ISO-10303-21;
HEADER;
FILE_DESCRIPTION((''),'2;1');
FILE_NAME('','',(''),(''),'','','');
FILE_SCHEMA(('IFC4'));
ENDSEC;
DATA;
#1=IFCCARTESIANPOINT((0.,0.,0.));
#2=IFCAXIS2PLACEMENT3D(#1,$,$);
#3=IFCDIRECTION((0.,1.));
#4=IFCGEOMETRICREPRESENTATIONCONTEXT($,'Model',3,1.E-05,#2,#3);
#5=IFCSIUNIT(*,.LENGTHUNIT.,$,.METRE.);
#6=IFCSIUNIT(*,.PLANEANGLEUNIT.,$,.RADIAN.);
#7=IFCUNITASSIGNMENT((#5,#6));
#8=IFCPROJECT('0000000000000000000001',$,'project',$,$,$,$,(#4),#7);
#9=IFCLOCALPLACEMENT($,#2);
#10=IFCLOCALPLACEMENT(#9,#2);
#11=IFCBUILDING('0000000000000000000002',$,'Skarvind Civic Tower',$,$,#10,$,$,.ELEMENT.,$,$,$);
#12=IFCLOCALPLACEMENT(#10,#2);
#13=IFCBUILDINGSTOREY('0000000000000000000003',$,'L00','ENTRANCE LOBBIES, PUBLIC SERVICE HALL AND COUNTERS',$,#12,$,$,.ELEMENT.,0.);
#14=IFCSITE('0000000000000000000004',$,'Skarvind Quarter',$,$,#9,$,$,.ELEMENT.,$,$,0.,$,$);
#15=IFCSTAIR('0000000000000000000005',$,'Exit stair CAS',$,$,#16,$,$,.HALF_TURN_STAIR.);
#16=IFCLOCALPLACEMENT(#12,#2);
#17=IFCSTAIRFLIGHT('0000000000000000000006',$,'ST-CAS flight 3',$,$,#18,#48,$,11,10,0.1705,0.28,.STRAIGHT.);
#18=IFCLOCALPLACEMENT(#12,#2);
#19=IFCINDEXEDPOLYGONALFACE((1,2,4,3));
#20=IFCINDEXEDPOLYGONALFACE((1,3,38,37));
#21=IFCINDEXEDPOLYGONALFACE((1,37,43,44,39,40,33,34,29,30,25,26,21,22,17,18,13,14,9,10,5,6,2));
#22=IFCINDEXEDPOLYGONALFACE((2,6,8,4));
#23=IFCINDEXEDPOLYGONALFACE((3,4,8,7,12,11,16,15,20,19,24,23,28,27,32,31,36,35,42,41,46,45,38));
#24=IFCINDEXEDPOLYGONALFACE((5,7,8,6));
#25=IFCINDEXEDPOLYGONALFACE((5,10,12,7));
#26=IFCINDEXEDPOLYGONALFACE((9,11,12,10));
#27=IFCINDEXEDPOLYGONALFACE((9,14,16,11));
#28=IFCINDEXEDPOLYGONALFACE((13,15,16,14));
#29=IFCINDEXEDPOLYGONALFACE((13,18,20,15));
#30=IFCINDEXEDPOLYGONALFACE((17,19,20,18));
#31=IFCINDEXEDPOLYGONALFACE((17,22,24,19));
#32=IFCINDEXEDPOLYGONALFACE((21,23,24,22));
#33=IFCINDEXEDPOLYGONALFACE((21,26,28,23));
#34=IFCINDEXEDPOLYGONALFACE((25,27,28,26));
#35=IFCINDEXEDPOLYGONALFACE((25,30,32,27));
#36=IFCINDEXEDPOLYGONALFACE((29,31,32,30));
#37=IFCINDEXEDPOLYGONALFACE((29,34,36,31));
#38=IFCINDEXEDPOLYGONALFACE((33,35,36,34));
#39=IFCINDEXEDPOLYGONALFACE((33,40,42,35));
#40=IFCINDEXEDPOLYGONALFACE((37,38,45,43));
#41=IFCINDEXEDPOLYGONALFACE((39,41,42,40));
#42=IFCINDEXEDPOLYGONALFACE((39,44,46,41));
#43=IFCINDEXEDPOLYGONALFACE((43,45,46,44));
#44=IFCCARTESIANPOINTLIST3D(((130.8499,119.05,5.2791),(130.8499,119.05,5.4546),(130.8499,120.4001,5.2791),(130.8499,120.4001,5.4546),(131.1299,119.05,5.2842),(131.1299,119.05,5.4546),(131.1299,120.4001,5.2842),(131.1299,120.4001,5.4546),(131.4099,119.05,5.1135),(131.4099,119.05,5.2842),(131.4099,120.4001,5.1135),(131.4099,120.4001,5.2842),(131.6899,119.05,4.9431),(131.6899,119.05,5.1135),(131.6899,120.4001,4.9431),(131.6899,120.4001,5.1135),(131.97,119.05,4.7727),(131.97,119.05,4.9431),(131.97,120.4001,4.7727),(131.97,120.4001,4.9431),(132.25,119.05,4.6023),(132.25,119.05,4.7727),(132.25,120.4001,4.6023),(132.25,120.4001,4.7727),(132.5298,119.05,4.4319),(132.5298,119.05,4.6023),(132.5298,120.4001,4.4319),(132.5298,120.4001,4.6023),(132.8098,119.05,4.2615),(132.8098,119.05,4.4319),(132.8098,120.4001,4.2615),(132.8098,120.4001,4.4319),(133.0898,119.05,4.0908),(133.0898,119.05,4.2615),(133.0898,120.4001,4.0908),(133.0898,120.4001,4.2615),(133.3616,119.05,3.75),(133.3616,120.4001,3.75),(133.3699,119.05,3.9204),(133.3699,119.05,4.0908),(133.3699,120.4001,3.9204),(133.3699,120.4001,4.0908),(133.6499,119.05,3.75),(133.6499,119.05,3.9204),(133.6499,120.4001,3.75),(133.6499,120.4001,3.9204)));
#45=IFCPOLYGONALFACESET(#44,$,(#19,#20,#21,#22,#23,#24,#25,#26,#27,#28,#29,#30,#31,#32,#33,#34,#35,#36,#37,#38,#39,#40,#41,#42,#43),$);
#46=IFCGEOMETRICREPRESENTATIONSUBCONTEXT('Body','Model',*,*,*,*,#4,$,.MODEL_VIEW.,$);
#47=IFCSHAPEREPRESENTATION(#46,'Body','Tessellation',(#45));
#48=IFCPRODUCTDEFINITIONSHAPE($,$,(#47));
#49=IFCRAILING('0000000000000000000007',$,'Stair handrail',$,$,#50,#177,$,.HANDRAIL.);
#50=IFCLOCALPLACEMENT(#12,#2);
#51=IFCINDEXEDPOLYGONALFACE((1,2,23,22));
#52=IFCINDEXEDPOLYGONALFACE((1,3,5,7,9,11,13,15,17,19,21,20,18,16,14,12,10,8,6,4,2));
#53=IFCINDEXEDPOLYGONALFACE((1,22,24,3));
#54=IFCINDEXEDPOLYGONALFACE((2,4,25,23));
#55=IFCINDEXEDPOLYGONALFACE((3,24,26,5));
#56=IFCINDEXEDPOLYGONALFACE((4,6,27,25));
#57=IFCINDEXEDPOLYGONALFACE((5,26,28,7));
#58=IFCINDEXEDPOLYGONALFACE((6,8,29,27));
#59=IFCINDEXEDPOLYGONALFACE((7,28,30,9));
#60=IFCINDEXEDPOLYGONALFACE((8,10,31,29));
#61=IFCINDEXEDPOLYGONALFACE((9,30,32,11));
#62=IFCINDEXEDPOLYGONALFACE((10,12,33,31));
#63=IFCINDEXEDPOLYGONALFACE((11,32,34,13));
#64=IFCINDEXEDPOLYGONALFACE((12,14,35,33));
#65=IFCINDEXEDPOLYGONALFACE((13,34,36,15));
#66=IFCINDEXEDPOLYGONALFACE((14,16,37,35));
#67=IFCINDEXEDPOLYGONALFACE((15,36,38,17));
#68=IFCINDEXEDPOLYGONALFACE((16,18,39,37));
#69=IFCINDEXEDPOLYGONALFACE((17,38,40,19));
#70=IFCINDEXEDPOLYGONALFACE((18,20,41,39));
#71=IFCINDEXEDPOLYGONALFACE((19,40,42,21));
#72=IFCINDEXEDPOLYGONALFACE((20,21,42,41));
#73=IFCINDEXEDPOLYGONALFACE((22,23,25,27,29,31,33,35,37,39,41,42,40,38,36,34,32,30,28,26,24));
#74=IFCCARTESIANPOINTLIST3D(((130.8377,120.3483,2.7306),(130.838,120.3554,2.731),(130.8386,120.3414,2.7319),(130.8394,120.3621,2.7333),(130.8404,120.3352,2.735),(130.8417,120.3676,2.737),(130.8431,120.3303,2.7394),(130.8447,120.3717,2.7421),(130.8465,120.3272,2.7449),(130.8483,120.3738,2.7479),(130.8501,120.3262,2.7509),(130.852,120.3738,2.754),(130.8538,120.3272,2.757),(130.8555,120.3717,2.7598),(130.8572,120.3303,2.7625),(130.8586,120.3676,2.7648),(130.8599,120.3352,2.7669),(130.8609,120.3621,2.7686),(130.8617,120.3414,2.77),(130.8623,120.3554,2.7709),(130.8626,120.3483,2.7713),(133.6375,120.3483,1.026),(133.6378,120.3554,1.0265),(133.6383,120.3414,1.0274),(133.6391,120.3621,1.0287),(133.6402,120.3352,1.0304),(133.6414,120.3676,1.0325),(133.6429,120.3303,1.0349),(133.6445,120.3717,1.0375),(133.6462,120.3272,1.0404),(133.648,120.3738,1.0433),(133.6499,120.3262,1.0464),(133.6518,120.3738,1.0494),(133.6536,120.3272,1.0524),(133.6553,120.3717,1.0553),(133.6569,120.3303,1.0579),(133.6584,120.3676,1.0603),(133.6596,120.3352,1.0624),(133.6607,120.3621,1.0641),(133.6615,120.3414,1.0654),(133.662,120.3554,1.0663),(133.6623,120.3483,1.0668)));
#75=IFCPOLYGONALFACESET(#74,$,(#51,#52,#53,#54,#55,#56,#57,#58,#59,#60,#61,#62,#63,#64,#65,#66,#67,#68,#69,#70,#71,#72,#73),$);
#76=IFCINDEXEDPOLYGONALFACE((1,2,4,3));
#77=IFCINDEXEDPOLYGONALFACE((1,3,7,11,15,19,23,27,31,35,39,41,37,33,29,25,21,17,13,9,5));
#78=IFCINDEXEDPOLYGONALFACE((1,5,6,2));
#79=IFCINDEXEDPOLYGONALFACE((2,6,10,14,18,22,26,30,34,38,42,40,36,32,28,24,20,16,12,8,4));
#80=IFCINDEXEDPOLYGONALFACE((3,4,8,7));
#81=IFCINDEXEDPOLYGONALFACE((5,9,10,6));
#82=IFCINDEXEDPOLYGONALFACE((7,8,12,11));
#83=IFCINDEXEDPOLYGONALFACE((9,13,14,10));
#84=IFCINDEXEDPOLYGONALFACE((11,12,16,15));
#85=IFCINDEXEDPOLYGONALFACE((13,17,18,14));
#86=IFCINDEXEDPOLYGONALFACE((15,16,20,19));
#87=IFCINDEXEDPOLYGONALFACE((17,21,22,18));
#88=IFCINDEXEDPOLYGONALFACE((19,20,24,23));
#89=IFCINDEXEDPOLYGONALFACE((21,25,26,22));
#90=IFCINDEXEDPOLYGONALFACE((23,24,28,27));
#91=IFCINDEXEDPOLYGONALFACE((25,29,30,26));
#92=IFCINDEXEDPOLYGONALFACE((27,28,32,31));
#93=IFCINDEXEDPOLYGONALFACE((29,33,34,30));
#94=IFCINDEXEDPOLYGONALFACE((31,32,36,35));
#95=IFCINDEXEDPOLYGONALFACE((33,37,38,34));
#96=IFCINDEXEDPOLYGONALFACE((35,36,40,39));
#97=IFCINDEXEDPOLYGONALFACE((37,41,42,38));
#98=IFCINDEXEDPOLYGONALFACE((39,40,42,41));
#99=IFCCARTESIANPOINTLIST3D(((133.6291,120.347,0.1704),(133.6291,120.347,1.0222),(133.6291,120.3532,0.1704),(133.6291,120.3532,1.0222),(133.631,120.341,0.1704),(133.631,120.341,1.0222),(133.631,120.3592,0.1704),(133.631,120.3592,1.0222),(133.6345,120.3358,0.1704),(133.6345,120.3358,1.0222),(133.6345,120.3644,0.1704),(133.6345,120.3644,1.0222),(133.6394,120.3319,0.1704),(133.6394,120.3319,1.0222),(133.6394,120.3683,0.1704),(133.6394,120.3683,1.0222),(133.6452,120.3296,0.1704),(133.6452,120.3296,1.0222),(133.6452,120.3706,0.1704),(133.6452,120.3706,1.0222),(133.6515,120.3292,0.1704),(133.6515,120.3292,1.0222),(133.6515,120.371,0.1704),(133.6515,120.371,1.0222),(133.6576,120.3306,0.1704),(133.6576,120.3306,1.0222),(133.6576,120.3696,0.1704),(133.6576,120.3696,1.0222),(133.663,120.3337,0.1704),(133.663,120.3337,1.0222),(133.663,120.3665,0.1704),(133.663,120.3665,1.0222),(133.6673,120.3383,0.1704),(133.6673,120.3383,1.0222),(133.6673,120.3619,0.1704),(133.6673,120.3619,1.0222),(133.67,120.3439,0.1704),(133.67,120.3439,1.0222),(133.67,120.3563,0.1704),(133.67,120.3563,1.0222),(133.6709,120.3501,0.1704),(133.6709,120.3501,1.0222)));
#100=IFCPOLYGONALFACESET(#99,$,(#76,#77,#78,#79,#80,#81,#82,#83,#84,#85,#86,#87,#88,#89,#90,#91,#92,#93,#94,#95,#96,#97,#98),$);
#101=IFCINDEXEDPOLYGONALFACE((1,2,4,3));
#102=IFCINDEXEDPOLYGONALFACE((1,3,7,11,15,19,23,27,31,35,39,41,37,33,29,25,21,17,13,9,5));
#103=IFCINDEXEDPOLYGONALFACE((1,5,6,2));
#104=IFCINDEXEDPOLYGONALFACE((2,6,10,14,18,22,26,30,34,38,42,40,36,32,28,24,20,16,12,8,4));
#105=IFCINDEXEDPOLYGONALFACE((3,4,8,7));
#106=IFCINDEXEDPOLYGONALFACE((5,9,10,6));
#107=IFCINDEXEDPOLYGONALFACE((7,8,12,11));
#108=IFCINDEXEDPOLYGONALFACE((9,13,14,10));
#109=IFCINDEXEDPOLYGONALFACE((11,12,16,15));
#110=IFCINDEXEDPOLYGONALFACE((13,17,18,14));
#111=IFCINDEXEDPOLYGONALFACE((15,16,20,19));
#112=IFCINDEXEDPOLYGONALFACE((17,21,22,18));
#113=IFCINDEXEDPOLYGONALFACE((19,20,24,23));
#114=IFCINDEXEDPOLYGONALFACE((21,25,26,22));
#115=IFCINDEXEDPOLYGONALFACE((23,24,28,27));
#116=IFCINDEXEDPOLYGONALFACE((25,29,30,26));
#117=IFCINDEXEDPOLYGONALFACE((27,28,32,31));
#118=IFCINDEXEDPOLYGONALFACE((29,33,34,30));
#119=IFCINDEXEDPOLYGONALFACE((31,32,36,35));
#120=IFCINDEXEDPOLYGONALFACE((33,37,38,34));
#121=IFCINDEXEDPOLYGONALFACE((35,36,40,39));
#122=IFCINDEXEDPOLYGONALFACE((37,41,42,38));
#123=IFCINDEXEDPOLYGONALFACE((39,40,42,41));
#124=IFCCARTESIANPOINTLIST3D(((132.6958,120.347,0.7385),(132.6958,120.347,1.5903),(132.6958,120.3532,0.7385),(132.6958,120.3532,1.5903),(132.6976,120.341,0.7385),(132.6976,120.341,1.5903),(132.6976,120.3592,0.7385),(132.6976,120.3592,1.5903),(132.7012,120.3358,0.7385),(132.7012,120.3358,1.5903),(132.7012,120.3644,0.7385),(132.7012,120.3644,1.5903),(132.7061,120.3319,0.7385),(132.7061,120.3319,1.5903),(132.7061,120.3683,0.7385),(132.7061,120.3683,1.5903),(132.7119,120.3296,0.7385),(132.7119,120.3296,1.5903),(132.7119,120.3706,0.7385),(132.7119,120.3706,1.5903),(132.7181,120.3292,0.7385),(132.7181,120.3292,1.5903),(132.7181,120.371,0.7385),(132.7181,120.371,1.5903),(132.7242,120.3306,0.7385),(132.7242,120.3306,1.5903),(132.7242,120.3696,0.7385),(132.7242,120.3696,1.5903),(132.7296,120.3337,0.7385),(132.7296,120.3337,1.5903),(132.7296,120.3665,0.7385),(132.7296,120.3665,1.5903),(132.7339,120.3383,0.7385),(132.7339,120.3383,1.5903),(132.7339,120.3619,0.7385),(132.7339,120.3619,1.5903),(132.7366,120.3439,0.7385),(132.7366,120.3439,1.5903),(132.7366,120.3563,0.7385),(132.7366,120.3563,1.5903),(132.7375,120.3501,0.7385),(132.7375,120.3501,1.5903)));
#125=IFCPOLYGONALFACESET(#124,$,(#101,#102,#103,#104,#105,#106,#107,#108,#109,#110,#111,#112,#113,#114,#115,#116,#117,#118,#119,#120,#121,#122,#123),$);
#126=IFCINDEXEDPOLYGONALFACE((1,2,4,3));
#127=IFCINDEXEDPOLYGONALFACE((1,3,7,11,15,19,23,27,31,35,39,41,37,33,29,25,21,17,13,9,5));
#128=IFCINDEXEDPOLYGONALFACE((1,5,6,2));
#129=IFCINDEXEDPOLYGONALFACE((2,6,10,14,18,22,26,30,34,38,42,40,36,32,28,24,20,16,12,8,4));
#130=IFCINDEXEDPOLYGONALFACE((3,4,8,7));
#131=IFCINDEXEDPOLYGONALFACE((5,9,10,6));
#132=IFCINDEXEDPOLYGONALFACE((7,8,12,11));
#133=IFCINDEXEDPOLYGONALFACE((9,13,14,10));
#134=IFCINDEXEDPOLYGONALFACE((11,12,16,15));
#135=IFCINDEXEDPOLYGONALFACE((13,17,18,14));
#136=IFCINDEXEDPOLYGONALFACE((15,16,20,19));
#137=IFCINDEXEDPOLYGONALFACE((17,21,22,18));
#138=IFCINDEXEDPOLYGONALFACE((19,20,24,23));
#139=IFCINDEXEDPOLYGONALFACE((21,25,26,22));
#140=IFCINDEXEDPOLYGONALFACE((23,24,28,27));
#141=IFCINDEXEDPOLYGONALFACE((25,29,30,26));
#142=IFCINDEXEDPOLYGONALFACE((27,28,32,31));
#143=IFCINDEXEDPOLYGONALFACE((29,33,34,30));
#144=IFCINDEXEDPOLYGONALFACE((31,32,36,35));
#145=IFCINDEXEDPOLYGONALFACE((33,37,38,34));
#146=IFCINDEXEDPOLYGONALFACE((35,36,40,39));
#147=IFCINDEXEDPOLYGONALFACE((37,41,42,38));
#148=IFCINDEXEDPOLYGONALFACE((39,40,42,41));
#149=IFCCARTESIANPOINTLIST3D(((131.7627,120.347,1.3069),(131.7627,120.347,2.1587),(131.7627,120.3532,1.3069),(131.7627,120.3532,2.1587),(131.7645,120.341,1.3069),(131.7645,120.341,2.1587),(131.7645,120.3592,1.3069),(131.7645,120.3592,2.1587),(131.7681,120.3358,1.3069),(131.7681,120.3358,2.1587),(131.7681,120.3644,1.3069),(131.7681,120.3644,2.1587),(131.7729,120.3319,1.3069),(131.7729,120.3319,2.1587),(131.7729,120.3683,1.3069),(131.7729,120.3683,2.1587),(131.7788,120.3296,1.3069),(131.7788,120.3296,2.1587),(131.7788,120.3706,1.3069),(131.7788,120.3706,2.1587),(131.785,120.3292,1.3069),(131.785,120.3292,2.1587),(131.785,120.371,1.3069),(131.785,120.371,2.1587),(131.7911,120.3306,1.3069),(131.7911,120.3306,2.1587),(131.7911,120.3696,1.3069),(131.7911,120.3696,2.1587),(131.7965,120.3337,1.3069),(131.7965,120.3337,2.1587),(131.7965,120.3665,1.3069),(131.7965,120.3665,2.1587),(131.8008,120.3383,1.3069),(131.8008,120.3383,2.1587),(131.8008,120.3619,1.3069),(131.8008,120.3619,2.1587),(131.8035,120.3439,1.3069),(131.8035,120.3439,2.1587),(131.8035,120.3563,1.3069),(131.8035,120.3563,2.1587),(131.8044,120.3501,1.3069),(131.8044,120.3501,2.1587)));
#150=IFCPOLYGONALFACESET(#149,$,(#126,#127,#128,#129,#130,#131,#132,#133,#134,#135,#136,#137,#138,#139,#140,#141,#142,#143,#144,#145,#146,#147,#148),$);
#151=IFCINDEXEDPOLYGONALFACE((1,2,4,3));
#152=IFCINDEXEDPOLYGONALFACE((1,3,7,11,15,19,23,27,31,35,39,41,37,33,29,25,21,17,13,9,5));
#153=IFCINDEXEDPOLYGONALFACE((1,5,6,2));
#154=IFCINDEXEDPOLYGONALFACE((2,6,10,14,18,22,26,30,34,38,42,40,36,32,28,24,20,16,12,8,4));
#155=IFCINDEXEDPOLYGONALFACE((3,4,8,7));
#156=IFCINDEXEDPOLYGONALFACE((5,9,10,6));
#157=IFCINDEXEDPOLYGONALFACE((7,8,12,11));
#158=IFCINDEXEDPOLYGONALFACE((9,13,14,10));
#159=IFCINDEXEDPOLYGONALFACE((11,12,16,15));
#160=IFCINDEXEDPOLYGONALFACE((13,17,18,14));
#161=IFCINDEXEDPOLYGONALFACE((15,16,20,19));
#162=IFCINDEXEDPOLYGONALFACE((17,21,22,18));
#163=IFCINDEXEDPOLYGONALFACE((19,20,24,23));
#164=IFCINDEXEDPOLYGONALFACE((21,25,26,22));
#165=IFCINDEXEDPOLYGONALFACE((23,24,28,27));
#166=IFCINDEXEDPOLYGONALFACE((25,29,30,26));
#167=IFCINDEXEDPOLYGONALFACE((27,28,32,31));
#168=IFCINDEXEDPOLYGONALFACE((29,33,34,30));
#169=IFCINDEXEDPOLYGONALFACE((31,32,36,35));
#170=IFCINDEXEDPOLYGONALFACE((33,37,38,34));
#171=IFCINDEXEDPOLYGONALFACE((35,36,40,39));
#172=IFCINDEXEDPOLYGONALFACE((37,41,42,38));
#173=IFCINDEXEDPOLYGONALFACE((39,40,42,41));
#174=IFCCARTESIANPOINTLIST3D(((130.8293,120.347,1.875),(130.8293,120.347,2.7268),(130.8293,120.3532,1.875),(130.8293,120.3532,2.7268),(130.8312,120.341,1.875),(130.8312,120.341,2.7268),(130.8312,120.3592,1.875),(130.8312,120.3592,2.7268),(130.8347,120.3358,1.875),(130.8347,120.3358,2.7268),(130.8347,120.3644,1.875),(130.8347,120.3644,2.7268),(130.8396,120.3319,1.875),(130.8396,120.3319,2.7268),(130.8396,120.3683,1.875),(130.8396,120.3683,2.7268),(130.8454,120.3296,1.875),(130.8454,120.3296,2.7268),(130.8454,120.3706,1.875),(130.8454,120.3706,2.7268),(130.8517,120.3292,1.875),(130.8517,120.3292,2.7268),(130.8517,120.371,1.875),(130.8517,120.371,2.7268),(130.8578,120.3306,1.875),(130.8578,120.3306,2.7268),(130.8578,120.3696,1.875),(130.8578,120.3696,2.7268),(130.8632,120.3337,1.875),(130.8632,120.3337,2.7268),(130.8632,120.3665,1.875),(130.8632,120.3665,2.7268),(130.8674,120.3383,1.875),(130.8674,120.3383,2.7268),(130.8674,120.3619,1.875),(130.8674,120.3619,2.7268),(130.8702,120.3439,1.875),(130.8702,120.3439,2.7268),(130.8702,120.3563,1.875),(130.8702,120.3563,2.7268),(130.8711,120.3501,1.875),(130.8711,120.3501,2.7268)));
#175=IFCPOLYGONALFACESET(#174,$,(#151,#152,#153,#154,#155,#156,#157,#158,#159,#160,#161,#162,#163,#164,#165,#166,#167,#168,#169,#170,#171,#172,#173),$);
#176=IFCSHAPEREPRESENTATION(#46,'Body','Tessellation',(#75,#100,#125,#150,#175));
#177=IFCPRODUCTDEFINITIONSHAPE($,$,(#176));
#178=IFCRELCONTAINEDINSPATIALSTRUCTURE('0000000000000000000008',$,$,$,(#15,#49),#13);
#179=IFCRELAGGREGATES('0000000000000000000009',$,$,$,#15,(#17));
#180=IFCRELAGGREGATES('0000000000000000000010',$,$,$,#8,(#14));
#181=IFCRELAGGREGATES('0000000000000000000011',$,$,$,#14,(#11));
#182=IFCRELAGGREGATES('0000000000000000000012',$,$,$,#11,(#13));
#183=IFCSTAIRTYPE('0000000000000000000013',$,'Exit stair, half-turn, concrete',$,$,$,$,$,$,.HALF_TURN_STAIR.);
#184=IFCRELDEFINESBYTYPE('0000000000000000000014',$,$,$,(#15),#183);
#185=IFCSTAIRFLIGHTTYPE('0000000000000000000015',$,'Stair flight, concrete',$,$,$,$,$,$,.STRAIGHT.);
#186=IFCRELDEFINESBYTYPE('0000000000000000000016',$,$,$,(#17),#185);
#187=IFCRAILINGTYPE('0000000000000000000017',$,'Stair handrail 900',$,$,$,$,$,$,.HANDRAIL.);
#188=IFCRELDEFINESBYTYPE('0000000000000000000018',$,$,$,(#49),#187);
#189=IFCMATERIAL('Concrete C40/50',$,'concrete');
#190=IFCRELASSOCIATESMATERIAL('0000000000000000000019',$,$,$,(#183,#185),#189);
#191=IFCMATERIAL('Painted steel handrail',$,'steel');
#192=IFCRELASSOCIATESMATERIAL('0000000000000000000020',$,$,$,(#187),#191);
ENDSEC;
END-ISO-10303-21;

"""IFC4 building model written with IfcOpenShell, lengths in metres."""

from ifc_helpers import new_model, si_unit, direction, frame, origin, origin_2d, place, context, subcontext, project, spatial, polyline, circle, outline, extrude, material, type_object, element, aggregate, save


model = new_model("IFC4")

# Units and contexts
model_context = context("Model", 3, precision=1e-05, world=origin(), true_north=direction((0.0, 1.0)))
body_context = subcontext(model_context, "Body", "Model", "MODEL_VIEW")
ifc_project = project(units=[si_unit("LENGTHUNIT", "METRE"), si_unit("PLANEANGLEUNIT", "RADIAN")], contexts=[model_context])

# Site, building, storey
site_placement = place(None, origin())
site = spatial("IfcSite", under=ifc_project, at=site_placement, Name="Skarvind Quarter", CompositionType="ELEMENT", RefElevation=0.0)
building_placement = place(site_placement, origin())
building = spatial("IfcBuilding", under=site, at=building_placement, Name="Skarvind Civic Tower", CompositionType="ELEMENT")
storey_placement = place(building_placement, origin())
storey = spatial("IfcBuildingStorey", under=building, at=storey_placement, Name="L00", Description="ENTRANCE LOBBIES, PUBLIC SERVICE HALL AND COUNTERS", CompositionType="ELEMENT", Elevation=0.0)

# Stair, stair flight
ifc_material_1 = material(Name="Concrete C40/50", Category="concrete")
stair_type = type_object("IfcStairType", Name="Exit stair, half-turn, concrete", PredefinedType="HALF_TURN_STAIR", material=ifc_material_1)
stair_placement = place(storey_placement, origin())
stair = element("IfcStair", 1, at=stair_placement, inside=storey, type_object=stair_type, Name="Exit stair CAS", PredefinedType="HALF_TURN_STAIR")
stair_flight_type = type_object("IfcStairFlightType", Name="Stair flight, concrete", PredefinedType="STRAIGHT", material=ifc_material_1)
stair_flight_1_placement = place(storey_placement, frame((133.6499, 119.7251, 3.75), z_axis=(0.0, 0.0, 1.0), x_axis=(-1.0, 0.0, 0.0)))
stair_flight_1 = element("IfcStairFlight", 2, at=stair_flight_1_placement, type_object=stair_flight_type, Name="ST-CAS flight 3", NumberOfRisers=11, NumberOfTreads=10, PredefinedType="STRAIGHT", RiserHeight=0.1705, TreadLength=0.28, context=body_context, shape_type="SweptSolid", body=[
    extrude(outline(polyline([(0.0, 0.0), (0.0, 0.1704), (0.28, 0.1704), (0.28, 0.3408), (0.5601, 0.3408), (0.5601, 0.5115), (0.8401, 0.5115), (0.8401, 0.6819), (1.1201, 0.6819), (1.1201, 0.8523), (1.3999, 0.8523), (1.3999, 1.0227), (1.6799, 1.0227), (1.6799, 1.1931), (1.96, 1.1931), (1.96, 1.3635), (2.24, 1.3635), (2.24, 1.5342), (2.52, 1.5342), (2.52, 1.7046), (2.8, 1.7046), (2.8, 1.875), (2.8, 1.5291), (0.2883, 0.0), (0.0, 0.0)])), frame((0.0, 0.675, 0.0), z_axis=(0.0, -1.0, 0.0), x_axis=(1.0, 0.0, 0.0)), (0.0, 0.0, 1.0), 1.3501),
])
aggregate(stair, [stair_flight_1])

# Railing
ifc_material_2 = material(Name="Painted steel handrail", Category="steel")
railing_type = type_object("IfcRailingType", Name="Stair handrail 900", PredefinedType="HANDRAIL", material=ifc_material_2)
for number, where, name in (
    (3, (133.6499, 120.3501, 0.1704), "Stair handrail"),
):
    element("IfcRailing", number, at=place(storey_placement, frame(where)), inside=storey, type_object=railing_type, Name=name, PredefinedType="HANDRAIL", context=body_context, shape_type="SweptSolid", body=[
        extrude(circle(Radius=0.0239, at=origin_2d()), frame((0.0, 0.0, 0.876), z_axis=(-0.85415, 0.0, 0.520027), x_axis=(0.0, -1.0, 0.0)), (0.0, 0.0, 1.0), 3.2778),
        extrude(circle(Radius=0.021, at=origin_2d()), origin(), (0.0, 0.0, 1.0), 0.8518),
        extrude(circle(Radius=0.021, at=origin_2d()), frame((-0.9333, 0.0, 0.5681)), (0.0, 0.0, 1.0), 0.8518),
        extrude(circle(Radius=0.021, at=origin_2d()), frame((-1.8665, 0.0, 1.1365)), (0.0, 0.0, 1.0), 0.8518),
        extrude(circle(Radius=0.021, at=origin_2d()), frame((-2.7998, 0.0, 1.7046)), (0.0, 0.0, 1.0), 0.8518),
    ])

save(model, "model.ifc")
